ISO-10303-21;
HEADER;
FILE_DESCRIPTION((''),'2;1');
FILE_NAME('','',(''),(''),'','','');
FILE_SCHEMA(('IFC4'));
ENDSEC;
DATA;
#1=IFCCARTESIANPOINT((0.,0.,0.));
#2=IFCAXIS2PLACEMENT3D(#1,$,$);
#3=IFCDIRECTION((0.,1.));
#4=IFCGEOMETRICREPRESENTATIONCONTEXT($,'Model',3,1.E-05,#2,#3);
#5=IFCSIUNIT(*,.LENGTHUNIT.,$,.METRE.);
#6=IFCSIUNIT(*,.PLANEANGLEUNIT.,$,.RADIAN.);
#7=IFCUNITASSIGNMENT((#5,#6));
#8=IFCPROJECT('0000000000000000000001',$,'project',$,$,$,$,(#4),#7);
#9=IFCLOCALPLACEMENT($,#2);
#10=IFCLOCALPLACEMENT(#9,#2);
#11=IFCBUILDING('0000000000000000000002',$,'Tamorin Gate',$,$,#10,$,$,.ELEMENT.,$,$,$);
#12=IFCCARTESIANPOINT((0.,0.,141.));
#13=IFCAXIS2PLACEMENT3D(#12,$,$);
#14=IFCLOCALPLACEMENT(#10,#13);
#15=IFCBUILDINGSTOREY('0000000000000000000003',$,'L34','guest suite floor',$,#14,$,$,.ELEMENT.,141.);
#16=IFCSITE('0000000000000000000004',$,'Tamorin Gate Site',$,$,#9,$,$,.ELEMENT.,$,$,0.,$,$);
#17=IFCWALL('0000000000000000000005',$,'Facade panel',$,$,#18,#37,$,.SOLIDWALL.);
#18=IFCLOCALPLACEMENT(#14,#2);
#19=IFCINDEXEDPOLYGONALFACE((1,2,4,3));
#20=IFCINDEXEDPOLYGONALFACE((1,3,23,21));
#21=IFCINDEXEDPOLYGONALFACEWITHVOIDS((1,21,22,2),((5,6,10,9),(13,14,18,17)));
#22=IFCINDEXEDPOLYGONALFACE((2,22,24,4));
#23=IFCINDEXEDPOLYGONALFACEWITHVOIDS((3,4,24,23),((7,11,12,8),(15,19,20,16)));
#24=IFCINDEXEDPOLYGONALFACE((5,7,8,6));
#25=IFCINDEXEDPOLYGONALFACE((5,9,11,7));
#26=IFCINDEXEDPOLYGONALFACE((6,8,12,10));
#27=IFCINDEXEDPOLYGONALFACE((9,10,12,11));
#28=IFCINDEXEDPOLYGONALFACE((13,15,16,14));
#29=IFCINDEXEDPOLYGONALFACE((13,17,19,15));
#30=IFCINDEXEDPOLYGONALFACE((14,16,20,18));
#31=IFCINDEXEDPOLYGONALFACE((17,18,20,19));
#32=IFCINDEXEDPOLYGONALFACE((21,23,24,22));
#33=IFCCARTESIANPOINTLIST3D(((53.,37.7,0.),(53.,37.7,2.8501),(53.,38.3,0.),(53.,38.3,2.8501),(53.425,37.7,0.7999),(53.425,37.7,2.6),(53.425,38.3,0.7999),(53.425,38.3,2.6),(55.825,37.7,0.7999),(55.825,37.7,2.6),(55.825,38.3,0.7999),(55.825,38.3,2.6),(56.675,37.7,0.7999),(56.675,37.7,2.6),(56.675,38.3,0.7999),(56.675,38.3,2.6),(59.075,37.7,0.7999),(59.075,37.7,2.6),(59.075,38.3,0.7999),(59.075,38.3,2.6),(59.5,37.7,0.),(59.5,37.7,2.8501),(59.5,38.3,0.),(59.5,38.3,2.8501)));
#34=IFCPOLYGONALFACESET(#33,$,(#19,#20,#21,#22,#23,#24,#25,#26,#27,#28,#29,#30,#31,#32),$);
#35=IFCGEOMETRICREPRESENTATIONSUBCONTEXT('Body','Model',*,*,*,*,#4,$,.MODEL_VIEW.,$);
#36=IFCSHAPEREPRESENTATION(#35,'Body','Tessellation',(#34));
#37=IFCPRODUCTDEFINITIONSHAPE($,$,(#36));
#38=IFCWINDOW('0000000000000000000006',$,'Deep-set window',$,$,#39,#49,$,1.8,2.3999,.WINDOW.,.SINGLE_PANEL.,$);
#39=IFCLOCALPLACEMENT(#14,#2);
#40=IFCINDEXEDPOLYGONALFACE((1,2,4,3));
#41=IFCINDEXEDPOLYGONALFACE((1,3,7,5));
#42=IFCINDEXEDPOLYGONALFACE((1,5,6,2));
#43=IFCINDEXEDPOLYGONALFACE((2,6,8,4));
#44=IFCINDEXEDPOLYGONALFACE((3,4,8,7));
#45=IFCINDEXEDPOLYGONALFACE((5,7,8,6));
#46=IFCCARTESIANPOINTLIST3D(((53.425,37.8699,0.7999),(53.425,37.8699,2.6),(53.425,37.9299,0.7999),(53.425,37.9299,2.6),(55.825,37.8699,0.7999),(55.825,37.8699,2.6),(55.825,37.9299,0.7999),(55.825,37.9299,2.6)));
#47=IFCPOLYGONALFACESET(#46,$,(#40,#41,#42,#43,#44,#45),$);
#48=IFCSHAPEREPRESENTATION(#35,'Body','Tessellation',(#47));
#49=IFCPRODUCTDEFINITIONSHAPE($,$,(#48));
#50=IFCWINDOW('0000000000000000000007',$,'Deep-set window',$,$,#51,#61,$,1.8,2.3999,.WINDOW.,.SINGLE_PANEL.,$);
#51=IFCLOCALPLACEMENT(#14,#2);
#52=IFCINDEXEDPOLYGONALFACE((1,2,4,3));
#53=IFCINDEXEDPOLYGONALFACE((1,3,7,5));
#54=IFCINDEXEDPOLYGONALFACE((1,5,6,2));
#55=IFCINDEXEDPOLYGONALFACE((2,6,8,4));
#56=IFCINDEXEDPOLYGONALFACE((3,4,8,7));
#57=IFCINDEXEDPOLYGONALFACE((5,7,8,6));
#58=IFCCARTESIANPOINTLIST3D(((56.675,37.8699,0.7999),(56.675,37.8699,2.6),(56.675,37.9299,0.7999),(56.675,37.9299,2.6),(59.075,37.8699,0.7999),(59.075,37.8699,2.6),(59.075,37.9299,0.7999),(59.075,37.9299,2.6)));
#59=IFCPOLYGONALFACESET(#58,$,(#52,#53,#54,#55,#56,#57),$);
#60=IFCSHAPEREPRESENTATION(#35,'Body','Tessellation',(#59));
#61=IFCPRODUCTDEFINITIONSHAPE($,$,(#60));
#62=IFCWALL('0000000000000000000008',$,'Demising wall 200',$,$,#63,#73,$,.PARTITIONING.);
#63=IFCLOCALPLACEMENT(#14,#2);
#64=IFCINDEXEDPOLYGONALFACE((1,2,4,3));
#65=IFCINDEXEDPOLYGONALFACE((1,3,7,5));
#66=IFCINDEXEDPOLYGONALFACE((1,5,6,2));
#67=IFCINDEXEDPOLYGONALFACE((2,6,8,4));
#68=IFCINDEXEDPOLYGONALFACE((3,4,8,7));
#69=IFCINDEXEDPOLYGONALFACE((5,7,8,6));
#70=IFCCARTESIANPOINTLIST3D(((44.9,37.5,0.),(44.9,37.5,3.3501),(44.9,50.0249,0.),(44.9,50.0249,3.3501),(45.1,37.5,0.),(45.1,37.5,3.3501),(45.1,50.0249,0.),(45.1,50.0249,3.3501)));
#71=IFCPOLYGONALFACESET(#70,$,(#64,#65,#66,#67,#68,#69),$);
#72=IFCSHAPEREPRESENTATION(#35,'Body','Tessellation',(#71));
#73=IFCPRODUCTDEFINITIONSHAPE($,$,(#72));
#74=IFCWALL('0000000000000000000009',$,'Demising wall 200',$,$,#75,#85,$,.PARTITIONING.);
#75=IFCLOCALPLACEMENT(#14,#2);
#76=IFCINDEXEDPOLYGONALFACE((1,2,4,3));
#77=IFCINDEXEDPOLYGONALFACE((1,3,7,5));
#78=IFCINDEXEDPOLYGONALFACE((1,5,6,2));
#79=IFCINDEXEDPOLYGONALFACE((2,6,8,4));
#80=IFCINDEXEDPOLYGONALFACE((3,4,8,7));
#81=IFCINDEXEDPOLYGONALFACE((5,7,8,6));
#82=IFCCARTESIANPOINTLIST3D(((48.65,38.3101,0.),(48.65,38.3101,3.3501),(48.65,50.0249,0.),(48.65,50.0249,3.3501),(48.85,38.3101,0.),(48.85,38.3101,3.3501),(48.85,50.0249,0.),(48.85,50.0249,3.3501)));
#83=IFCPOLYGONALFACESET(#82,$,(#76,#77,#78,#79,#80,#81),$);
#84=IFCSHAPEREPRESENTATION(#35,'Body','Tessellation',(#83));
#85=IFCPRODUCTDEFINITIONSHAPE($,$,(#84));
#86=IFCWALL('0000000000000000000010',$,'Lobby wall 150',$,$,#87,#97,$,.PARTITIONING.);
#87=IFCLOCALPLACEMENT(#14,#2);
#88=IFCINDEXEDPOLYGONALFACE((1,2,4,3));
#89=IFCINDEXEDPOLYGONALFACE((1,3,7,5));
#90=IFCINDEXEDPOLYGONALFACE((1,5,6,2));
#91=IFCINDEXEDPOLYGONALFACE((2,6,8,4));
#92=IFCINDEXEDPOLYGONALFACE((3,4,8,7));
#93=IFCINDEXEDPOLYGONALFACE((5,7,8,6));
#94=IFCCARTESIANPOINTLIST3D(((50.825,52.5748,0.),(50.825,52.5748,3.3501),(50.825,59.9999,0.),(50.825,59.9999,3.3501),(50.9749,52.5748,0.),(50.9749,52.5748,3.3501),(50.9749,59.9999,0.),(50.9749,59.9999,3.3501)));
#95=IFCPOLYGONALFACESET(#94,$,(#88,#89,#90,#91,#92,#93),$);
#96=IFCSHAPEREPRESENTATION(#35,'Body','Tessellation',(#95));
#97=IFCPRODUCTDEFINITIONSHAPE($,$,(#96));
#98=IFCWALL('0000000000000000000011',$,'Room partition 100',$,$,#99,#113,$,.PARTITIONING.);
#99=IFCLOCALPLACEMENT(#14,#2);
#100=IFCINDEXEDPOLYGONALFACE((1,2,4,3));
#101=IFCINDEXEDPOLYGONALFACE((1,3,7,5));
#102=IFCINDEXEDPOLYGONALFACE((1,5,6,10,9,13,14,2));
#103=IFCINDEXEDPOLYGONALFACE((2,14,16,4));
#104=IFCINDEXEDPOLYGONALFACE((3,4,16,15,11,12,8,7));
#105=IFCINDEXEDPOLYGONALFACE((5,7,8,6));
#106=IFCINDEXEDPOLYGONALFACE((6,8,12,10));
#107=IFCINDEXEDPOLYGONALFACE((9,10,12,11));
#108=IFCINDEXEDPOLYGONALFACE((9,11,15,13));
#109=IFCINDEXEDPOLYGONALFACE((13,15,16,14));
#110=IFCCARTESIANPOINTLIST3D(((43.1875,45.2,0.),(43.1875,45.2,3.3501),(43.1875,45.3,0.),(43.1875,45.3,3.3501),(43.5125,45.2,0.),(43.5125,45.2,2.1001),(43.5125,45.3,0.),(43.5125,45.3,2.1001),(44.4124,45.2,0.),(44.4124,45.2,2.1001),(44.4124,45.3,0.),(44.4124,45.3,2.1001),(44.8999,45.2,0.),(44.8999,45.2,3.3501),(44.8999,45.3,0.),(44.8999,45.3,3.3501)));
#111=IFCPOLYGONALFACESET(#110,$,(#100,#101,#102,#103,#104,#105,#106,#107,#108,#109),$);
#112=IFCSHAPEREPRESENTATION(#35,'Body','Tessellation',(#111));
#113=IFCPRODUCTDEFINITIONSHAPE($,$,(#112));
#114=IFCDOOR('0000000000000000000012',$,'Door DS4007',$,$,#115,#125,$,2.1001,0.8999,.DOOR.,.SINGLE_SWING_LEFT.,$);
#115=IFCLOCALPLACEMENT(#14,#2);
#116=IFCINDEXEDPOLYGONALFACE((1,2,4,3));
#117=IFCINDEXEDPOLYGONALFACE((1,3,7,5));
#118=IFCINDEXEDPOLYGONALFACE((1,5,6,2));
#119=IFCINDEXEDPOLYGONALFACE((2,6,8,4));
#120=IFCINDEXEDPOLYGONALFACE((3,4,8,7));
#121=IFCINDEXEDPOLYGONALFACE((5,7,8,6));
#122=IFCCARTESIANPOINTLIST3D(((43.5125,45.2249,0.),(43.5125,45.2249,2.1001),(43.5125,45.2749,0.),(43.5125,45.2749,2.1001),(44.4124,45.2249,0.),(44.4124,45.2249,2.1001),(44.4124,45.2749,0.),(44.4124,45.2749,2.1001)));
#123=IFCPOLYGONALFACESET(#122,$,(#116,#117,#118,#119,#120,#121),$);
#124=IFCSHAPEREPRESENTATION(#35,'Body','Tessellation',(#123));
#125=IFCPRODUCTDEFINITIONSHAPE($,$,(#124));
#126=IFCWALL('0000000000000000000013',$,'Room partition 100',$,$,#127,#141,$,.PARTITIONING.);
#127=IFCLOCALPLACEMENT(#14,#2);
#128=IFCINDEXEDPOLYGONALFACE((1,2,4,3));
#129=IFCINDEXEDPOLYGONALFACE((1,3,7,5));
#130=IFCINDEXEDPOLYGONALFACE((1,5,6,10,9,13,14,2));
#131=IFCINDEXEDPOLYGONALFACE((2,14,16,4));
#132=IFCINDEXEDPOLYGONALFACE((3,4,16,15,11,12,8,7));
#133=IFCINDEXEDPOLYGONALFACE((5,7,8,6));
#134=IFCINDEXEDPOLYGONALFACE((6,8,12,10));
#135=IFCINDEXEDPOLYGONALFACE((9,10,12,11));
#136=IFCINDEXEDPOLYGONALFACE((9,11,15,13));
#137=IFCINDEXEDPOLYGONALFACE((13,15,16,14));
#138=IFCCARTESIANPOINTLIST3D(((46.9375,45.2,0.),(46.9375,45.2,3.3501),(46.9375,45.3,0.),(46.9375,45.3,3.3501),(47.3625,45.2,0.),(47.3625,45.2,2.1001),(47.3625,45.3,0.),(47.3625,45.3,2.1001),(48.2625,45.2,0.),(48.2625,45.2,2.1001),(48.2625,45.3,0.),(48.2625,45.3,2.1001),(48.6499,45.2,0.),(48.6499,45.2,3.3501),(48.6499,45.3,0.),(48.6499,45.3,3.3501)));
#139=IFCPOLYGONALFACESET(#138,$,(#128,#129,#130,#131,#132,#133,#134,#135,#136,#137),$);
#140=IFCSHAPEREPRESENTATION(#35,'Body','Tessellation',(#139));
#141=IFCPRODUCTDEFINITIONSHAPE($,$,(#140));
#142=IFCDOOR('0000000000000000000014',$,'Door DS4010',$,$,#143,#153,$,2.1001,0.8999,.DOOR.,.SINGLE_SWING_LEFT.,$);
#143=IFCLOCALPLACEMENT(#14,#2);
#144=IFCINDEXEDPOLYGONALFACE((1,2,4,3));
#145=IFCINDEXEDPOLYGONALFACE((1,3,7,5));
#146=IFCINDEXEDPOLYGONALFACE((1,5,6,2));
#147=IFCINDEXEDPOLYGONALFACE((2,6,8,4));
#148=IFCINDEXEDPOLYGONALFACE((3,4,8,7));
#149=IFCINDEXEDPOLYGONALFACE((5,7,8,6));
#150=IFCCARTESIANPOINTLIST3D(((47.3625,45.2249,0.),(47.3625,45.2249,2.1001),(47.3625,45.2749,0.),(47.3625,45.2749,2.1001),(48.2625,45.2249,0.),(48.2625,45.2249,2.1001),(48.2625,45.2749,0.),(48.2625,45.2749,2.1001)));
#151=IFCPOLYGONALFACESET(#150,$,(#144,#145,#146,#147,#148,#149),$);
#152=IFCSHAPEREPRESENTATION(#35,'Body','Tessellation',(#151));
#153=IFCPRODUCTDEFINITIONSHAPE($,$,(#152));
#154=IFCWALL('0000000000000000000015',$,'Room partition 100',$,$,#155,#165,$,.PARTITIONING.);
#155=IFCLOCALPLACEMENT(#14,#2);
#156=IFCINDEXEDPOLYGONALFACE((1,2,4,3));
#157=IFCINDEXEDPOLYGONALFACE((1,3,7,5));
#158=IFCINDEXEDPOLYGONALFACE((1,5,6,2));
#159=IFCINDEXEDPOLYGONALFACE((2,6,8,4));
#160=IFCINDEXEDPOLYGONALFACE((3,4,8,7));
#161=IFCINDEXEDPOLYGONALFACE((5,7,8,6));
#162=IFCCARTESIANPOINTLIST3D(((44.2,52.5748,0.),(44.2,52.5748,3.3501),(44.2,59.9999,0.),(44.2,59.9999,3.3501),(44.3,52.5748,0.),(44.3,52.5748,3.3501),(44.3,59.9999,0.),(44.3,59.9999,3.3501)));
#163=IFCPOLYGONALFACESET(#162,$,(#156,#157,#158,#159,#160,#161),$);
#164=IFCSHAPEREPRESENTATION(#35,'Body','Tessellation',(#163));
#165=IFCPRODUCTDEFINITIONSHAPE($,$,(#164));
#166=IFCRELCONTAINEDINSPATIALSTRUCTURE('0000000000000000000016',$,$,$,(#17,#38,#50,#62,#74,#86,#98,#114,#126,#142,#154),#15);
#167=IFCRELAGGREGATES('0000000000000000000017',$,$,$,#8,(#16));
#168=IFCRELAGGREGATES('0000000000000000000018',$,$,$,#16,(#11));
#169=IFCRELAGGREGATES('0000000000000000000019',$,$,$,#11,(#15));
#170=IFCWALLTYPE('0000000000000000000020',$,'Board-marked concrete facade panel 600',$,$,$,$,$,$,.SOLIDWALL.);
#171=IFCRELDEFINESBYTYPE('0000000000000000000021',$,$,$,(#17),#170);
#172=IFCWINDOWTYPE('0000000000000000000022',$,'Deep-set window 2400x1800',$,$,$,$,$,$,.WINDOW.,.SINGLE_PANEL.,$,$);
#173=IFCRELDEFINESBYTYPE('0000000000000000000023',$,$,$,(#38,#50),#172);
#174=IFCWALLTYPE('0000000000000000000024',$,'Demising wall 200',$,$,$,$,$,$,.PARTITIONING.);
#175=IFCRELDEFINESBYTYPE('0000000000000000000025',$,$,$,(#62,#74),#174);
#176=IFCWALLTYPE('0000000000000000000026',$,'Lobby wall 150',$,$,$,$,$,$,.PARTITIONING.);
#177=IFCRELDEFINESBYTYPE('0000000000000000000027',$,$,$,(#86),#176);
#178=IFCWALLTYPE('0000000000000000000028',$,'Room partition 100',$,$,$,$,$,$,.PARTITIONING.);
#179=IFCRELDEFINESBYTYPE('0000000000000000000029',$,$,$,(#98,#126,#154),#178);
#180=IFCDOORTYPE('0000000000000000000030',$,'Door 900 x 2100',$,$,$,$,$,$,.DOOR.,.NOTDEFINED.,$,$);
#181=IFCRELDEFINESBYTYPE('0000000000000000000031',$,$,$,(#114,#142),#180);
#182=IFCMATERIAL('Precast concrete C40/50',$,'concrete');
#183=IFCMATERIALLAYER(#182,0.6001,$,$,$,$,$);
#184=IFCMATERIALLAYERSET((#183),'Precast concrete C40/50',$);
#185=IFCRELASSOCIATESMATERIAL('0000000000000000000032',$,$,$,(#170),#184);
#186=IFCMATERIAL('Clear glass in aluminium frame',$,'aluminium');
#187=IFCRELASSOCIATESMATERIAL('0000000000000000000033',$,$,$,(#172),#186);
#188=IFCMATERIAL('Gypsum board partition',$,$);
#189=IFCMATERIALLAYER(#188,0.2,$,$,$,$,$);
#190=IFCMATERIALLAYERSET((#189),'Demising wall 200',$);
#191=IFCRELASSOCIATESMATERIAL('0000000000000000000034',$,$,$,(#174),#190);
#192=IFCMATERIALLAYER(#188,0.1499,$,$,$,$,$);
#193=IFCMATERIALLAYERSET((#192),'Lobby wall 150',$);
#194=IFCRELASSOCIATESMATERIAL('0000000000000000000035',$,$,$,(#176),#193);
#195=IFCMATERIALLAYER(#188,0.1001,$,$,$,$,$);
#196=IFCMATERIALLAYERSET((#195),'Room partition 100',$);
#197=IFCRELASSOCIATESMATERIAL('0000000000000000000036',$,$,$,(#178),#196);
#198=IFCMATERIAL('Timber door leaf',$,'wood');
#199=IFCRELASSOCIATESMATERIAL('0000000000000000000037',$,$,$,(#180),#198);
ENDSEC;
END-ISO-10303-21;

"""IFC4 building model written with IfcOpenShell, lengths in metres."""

from ifc_helpers import new_model, si_unit, direction, frame, frame_2d, origin, place, context, subcontext, project, spatial, rectangle, extrude, material, layer, layer_set, type_object, element, fill, save


model = new_model("IFC4")

# Units and contexts
model_context = context("Model", 3, precision=1e-05, world=origin(), true_north=direction((0.0, 1.0)))
body_context = subcontext(model_context, "Body", "Model", "MODEL_VIEW")
ifc_project = project(units=[si_unit("LENGTHUNIT", "METRE"), si_unit("PLANEANGLEUNIT", "RADIAN")], contexts=[model_context])

# Site, building, storey
site_placement = place(None, origin())
site = spatial("IfcSite", under=ifc_project, at=site_placement, Name="Tamorin Gate Site", CompositionType="ELEMENT", RefElevation=0.0)
building_placement = place(site_placement, origin())
building = spatial("IfcBuilding", under=site, at=building_placement, Name="Tamorin Gate", CompositionType="ELEMENT")
storey_placement = place(building_placement, frame((0.0, 0.0, 141.0)))
storey = spatial("IfcBuildingStorey", under=building, at=storey_placement, Name="L34", Description="guest suite floor", CompositionType="ELEMENT", Elevation=141.0)

# Wall, openings, windows
ifc_material_1 = material(Name="Precast concrete C40/50", Category="concrete")
ifc_layer_1 = layer(ifc_material_1, 0.6001)
ifc_layer_set_1 = layer_set([ifc_layer_1], Name="Precast concrete C40/50")
wall_type_1 = type_object("IfcWallType", Name="Board-marked concrete facade panel 600", PredefinedType="SOLIDWALL", material=ifc_layer_set_1)
ifc_material_2 = material(Name="Clear glass in aluminium frame", Category="aluminium")
window_type = type_object("IfcWindowType", Name="Deep-set window 2400x1800", PartitioningType="SINGLE_PANEL", PredefinedType="WINDOW", material=ifc_material_2)
wall_1_placement = place(storey_placement, frame((53.0, 38.0, 0.0), z_axis=(0.0, 0.0, 1.0), x_axis=(1.0, 0.0, 0.0)))
wall_1 = element("IfcWall", 1, at=wall_1_placement, inside=storey, type_object=wall_type_1, Name="Facade panel", PredefinedType="SOLIDWALL", context=body_context, shape_type="SweptSolid", body=[
    extrude(rectangle(XDim=6.5, YDim=0.6001, at=frame_2d((3.25, 0.0))), origin(), (0.0, 0.0, 1.0), 2.8501),
])
opening_1_placement = place(wall_1_placement, frame((0.425, 0.0, 0.8)))
opening_1 = element("IfcOpeningElement", 2, at=opening_1_placement, cuts=wall_1, PredefinedType="OPENING", context=body_context, shape_type="SweptSolid", body=[
    extrude(rectangle(XDim=2.3999, YDim=1.8, at=frame_2d((1.2, 0.8999))), frame((0.0, 0.3101, 0.0), z_axis=(0.0, -1.0, 0.0), x_axis=(1.0, 0.0, 0.0)), (0.0, 0.0, 1.0), 0.6201),
])
opening_2_placement = place(wall_1_placement, frame((3.675, 0.0, 0.8)))
opening_2 = element("IfcOpeningElement", 3, at=opening_2_placement, cuts=wall_1, PredefinedType="OPENING", context=body_context, shape_type="SweptSolid", body=[
    extrude(rectangle(XDim=2.3999, YDim=1.8, at=frame_2d((1.2, 0.8999))), frame((0.0, 0.3101, 0.0), z_axis=(0.0, -1.0, 0.0), x_axis=(1.0, 0.0, 0.0)), (0.0, 0.0, 1.0), 0.6201),
])
window_1_placement = place(opening_1_placement, origin())
window_1 = element("IfcWindow", 4, at=window_1_placement, inside=storey, type_object=window_type, Name="Deep-set window", OverallHeight=1.8, OverallWidth=2.3999, PartitioningType="SINGLE_PANEL", PredefinedType="WINDOW", context=body_context, shape_type="SweptSolid", body=[
    extrude(rectangle(XDim=2.3999, YDim=1.8, at=frame_2d((1.2, 0.8999))), frame((0.0, -0.0701, 0.0), z_axis=(0.0, -1.0, 0.0), x_axis=(1.0, 0.0, 0.0)), (0.0, 0.0, 1.0), 0.0601),
])
fill(opening_1, window_1)
window_2_placement = place(opening_2_placement, origin())
window_2 = element("IfcWindow", 5, at=window_2_placement, inside=storey, type_object=window_type, Name="Deep-set window", OverallHeight=1.8, OverallWidth=2.3999, PartitioningType="SINGLE_PANEL", PredefinedType="WINDOW", context=body_context, shape_type="SweptSolid", body=[
    extrude(rectangle(XDim=2.3999, YDim=1.8, at=frame_2d((1.2, 0.8999))), frame((0.0, -0.0701, 0.0), z_axis=(0.0, -1.0, 0.0), x_axis=(1.0, 0.0, 0.0)), (0.0, 0.0, 1.0), 0.0601),
])
fill(opening_2, window_2)

# Walls
ifc_material_3 = material(Name="Gypsum board partition")
ifc_layer_2 = layer(ifc_material_3, 0.2)
ifc_layer_set_2 = layer_set([ifc_layer_2], Name="Demising wall 200")
wall_type_2 = type_object("IfcWallType", Name="Demising wall 200", PredefinedType="PARTITIONING", material=ifc_layer_set_2)
wall_2_placement = place(storey_placement, frame((45.0, 37.5, 0.0), z_axis=(0.0, 0.0, 1.0), x_axis=(0.0, 1.0, 0.0)))
element("IfcWall", 6, at=wall_2_placement, inside=storey, type_object=wall_type_2, Name="Demising wall 200", PredefinedType="PARTITIONING", context=body_context, shape_type="SweptSolid", body=[
    extrude(rectangle(XDim=12.5249, YDim=0.2, at=frame_2d((6.2625, 0.0))), origin(), (0.0, 0.0, 1.0), 3.3501),
])
wall_3_placement = place(storey_placement, frame((48.75, 38.3101, 0.0), z_axis=(0.0, 0.0, 1.0), x_axis=(0.0, 1.0, 0.0)))
element("IfcWall", 7, at=wall_3_placement, inside=storey, type_object=wall_type_2, Name="Demising wall 200", PredefinedType="PARTITIONING", context=body_context, shape_type="SweptSolid", body=[
    extrude(rectangle(XDim=11.7148, YDim=0.2, at=frame_2d((5.8574, 0.0))), origin(), (0.0, 0.0, 1.0), 3.3501),
])
ifc_layer_3 = layer(ifc_material_3, 0.1499)
ifc_layer_set_3 = layer_set([ifc_layer_3], Name="Lobby wall 150")
wall_type_3 = type_object("IfcWallType", Name="Lobby wall 150", PredefinedType="PARTITIONING", material=ifc_layer_set_3)
wall_4_placement = place(storey_placement, frame((50.8999, 52.575, 0.0), z_axis=(0.0, 0.0, 1.0), x_axis=(0.0, 1.0, 0.0)))
element("IfcWall", 8, at=wall_4_placement, inside=storey, type_object=wall_type_3, Name="Lobby wall 150", PredefinedType="PARTITIONING", context=body_context, shape_type="SweptSolid", body=[
    extrude(rectangle(XDim=7.425, YDim=0.1499, at=frame_2d((3.7124, 0.0))), origin(), (0.0, 0.0, 1.0), 3.3501),
])

# Walls, openings, doors
ifc_layer_4 = layer(ifc_material_3, 0.1001)
ifc_layer_set_4 = layer_set([ifc_layer_4], Name="Room partition 100")
wall_type_4 = type_object("IfcWallType", Name="Room partition 100", PredefinedType="PARTITIONING", material=ifc_layer_set_4)
wall_5_placement = place(storey_placement, frame((43.1875, 45.25, 0.0), z_axis=(0.0, 0.0, 1.0), x_axis=(1.0, 0.0, 0.0)))
wall_5 = element("IfcWall", 9, at=wall_5_placement, inside=storey, type_object=wall_type_4, Name="Room partition 100", PredefinedType="PARTITIONING", context=body_context, shape_type="SweptSolid", body=[
    extrude(rectangle(XDim=1.7124, YDim=0.1001, at=frame_2d((0.8562, 0.0))), origin(), (0.0, 0.0, 1.0), 3.3501),
])
opening_3_placement = place(wall_5_placement, frame((0.325, 0.0, 0.0)))
opening_3 = element("IfcOpeningElement", 10, at=opening_3_placement, cuts=wall_5, PredefinedType="OPENING", context=body_context, shape_type="SweptSolid", body=[
    extrude(rectangle(XDim=0.8999, YDim=2.1001, at=frame_2d((0.45, 1.05))), frame((0.0, 0.0601, 0.0), z_axis=(0.0, -1.0, 0.0), x_axis=(1.0, 0.0, 0.0)), (0.0, 0.0, 1.0), 0.1201),
])
ifc_material_4 = material(Name="Timber door leaf", Category="wood")
door_type_1 = type_object("IfcDoorType", Name="Door 900 x 2100", OperationType="NOTDEFINED", PredefinedType="DOOR", material=ifc_material_4)
door_1_placement = place(opening_3_placement, origin())
door_1 = element("IfcDoor", 11, at=door_1_placement, inside=storey, type_object=door_type_1, Name="Door DS4007", OperationType="SINGLE_SWING_LEFT", OverallHeight=2.1001, OverallWidth=0.8999, PredefinedType="DOOR", context=body_context, shape_type="SweptSolid", body=[
    extrude(rectangle(XDim=0.8999, YDim=2.1001, at=frame_2d((0.45, 1.05))), frame((0.0, 0.0249, 0.0), z_axis=(0.0, -1.0, 0.0), x_axis=(1.0, 0.0, 0.0)), (0.0, 0.0, 1.0), 0.05),
])
fill(opening_3, door_1)
wall_6_placement = place(storey_placement, frame((46.9375, 45.25, 0.0), z_axis=(0.0, 0.0, 1.0), x_axis=(1.0, 0.0, 0.0)))
wall_6 = element("IfcWall", 12, at=wall_6_placement, inside=storey, type_object=wall_type_4, Name="Room partition 100", PredefinedType="PARTITIONING", context=body_context, shape_type="SweptSolid", body=[
    extrude(rectangle(XDim=1.7124, YDim=0.1001, at=frame_2d((0.8562, 0.0))), origin(), (0.0, 0.0, 1.0), 3.3501),
])
opening_4_placement = place(wall_6_placement, frame((0.425, 0.0, 0.0)))
opening_4 = element("IfcOpeningElement", 13, at=opening_4_placement, cuts=wall_6, PredefinedType="OPENING", context=body_context, shape_type="SweptSolid", body=[
    extrude(rectangle(XDim=0.8999, YDim=2.1001, at=frame_2d((0.45, 1.05))), frame((0.0, 0.0601, 0.0), z_axis=(0.0, -1.0, 0.0), x_axis=(1.0, 0.0, 0.0)), (0.0, 0.0, 1.0), 0.1201),
])
door_2_placement = place(opening_4_placement, origin())
door_2 = element("IfcDoor", 14, at=door_2_placement, inside=storey, type_object=door_type_1, Name="Door DS4010", OperationType="SINGLE_SWING_LEFT", OverallHeight=2.1001, OverallWidth=0.8999, PredefinedType="DOOR", context=body_context, shape_type="SweptSolid", body=[
    extrude(rectangle(XDim=0.8999, YDim=2.1001, at=frame_2d((0.45, 1.05))), frame((0.0, 0.0249, 0.0), z_axis=(0.0, -1.0, 0.0), x_axis=(1.0, 0.0, 0.0)), (0.0, 0.0, 1.0), 0.05),
])
fill(opening_4, door_2)

# Wall
for number, where, z_axis, x_axis, name in (
    (15, (44.25, 52.575, 0.0), (0.0, 0.0, 1.0), (0.0, 1.0, 0.0), "Room partition 100"),
):
    element("IfcWall", number, at=place(storey_placement, frame(where, z_axis=z_axis, x_axis=x_axis)), inside=storey, type_object=wall_type_4, Name=name, PredefinedType="PARTITIONING", context=body_context, shape_type="SweptSolid", body=[
        extrude(rectangle(XDim=7.425, YDim=0.1001, at=frame_2d((3.7124, 0.0))), origin(), (0.0, 0.0, 1.0), 3.3501),
    ])

save(model, "model.ifc")
